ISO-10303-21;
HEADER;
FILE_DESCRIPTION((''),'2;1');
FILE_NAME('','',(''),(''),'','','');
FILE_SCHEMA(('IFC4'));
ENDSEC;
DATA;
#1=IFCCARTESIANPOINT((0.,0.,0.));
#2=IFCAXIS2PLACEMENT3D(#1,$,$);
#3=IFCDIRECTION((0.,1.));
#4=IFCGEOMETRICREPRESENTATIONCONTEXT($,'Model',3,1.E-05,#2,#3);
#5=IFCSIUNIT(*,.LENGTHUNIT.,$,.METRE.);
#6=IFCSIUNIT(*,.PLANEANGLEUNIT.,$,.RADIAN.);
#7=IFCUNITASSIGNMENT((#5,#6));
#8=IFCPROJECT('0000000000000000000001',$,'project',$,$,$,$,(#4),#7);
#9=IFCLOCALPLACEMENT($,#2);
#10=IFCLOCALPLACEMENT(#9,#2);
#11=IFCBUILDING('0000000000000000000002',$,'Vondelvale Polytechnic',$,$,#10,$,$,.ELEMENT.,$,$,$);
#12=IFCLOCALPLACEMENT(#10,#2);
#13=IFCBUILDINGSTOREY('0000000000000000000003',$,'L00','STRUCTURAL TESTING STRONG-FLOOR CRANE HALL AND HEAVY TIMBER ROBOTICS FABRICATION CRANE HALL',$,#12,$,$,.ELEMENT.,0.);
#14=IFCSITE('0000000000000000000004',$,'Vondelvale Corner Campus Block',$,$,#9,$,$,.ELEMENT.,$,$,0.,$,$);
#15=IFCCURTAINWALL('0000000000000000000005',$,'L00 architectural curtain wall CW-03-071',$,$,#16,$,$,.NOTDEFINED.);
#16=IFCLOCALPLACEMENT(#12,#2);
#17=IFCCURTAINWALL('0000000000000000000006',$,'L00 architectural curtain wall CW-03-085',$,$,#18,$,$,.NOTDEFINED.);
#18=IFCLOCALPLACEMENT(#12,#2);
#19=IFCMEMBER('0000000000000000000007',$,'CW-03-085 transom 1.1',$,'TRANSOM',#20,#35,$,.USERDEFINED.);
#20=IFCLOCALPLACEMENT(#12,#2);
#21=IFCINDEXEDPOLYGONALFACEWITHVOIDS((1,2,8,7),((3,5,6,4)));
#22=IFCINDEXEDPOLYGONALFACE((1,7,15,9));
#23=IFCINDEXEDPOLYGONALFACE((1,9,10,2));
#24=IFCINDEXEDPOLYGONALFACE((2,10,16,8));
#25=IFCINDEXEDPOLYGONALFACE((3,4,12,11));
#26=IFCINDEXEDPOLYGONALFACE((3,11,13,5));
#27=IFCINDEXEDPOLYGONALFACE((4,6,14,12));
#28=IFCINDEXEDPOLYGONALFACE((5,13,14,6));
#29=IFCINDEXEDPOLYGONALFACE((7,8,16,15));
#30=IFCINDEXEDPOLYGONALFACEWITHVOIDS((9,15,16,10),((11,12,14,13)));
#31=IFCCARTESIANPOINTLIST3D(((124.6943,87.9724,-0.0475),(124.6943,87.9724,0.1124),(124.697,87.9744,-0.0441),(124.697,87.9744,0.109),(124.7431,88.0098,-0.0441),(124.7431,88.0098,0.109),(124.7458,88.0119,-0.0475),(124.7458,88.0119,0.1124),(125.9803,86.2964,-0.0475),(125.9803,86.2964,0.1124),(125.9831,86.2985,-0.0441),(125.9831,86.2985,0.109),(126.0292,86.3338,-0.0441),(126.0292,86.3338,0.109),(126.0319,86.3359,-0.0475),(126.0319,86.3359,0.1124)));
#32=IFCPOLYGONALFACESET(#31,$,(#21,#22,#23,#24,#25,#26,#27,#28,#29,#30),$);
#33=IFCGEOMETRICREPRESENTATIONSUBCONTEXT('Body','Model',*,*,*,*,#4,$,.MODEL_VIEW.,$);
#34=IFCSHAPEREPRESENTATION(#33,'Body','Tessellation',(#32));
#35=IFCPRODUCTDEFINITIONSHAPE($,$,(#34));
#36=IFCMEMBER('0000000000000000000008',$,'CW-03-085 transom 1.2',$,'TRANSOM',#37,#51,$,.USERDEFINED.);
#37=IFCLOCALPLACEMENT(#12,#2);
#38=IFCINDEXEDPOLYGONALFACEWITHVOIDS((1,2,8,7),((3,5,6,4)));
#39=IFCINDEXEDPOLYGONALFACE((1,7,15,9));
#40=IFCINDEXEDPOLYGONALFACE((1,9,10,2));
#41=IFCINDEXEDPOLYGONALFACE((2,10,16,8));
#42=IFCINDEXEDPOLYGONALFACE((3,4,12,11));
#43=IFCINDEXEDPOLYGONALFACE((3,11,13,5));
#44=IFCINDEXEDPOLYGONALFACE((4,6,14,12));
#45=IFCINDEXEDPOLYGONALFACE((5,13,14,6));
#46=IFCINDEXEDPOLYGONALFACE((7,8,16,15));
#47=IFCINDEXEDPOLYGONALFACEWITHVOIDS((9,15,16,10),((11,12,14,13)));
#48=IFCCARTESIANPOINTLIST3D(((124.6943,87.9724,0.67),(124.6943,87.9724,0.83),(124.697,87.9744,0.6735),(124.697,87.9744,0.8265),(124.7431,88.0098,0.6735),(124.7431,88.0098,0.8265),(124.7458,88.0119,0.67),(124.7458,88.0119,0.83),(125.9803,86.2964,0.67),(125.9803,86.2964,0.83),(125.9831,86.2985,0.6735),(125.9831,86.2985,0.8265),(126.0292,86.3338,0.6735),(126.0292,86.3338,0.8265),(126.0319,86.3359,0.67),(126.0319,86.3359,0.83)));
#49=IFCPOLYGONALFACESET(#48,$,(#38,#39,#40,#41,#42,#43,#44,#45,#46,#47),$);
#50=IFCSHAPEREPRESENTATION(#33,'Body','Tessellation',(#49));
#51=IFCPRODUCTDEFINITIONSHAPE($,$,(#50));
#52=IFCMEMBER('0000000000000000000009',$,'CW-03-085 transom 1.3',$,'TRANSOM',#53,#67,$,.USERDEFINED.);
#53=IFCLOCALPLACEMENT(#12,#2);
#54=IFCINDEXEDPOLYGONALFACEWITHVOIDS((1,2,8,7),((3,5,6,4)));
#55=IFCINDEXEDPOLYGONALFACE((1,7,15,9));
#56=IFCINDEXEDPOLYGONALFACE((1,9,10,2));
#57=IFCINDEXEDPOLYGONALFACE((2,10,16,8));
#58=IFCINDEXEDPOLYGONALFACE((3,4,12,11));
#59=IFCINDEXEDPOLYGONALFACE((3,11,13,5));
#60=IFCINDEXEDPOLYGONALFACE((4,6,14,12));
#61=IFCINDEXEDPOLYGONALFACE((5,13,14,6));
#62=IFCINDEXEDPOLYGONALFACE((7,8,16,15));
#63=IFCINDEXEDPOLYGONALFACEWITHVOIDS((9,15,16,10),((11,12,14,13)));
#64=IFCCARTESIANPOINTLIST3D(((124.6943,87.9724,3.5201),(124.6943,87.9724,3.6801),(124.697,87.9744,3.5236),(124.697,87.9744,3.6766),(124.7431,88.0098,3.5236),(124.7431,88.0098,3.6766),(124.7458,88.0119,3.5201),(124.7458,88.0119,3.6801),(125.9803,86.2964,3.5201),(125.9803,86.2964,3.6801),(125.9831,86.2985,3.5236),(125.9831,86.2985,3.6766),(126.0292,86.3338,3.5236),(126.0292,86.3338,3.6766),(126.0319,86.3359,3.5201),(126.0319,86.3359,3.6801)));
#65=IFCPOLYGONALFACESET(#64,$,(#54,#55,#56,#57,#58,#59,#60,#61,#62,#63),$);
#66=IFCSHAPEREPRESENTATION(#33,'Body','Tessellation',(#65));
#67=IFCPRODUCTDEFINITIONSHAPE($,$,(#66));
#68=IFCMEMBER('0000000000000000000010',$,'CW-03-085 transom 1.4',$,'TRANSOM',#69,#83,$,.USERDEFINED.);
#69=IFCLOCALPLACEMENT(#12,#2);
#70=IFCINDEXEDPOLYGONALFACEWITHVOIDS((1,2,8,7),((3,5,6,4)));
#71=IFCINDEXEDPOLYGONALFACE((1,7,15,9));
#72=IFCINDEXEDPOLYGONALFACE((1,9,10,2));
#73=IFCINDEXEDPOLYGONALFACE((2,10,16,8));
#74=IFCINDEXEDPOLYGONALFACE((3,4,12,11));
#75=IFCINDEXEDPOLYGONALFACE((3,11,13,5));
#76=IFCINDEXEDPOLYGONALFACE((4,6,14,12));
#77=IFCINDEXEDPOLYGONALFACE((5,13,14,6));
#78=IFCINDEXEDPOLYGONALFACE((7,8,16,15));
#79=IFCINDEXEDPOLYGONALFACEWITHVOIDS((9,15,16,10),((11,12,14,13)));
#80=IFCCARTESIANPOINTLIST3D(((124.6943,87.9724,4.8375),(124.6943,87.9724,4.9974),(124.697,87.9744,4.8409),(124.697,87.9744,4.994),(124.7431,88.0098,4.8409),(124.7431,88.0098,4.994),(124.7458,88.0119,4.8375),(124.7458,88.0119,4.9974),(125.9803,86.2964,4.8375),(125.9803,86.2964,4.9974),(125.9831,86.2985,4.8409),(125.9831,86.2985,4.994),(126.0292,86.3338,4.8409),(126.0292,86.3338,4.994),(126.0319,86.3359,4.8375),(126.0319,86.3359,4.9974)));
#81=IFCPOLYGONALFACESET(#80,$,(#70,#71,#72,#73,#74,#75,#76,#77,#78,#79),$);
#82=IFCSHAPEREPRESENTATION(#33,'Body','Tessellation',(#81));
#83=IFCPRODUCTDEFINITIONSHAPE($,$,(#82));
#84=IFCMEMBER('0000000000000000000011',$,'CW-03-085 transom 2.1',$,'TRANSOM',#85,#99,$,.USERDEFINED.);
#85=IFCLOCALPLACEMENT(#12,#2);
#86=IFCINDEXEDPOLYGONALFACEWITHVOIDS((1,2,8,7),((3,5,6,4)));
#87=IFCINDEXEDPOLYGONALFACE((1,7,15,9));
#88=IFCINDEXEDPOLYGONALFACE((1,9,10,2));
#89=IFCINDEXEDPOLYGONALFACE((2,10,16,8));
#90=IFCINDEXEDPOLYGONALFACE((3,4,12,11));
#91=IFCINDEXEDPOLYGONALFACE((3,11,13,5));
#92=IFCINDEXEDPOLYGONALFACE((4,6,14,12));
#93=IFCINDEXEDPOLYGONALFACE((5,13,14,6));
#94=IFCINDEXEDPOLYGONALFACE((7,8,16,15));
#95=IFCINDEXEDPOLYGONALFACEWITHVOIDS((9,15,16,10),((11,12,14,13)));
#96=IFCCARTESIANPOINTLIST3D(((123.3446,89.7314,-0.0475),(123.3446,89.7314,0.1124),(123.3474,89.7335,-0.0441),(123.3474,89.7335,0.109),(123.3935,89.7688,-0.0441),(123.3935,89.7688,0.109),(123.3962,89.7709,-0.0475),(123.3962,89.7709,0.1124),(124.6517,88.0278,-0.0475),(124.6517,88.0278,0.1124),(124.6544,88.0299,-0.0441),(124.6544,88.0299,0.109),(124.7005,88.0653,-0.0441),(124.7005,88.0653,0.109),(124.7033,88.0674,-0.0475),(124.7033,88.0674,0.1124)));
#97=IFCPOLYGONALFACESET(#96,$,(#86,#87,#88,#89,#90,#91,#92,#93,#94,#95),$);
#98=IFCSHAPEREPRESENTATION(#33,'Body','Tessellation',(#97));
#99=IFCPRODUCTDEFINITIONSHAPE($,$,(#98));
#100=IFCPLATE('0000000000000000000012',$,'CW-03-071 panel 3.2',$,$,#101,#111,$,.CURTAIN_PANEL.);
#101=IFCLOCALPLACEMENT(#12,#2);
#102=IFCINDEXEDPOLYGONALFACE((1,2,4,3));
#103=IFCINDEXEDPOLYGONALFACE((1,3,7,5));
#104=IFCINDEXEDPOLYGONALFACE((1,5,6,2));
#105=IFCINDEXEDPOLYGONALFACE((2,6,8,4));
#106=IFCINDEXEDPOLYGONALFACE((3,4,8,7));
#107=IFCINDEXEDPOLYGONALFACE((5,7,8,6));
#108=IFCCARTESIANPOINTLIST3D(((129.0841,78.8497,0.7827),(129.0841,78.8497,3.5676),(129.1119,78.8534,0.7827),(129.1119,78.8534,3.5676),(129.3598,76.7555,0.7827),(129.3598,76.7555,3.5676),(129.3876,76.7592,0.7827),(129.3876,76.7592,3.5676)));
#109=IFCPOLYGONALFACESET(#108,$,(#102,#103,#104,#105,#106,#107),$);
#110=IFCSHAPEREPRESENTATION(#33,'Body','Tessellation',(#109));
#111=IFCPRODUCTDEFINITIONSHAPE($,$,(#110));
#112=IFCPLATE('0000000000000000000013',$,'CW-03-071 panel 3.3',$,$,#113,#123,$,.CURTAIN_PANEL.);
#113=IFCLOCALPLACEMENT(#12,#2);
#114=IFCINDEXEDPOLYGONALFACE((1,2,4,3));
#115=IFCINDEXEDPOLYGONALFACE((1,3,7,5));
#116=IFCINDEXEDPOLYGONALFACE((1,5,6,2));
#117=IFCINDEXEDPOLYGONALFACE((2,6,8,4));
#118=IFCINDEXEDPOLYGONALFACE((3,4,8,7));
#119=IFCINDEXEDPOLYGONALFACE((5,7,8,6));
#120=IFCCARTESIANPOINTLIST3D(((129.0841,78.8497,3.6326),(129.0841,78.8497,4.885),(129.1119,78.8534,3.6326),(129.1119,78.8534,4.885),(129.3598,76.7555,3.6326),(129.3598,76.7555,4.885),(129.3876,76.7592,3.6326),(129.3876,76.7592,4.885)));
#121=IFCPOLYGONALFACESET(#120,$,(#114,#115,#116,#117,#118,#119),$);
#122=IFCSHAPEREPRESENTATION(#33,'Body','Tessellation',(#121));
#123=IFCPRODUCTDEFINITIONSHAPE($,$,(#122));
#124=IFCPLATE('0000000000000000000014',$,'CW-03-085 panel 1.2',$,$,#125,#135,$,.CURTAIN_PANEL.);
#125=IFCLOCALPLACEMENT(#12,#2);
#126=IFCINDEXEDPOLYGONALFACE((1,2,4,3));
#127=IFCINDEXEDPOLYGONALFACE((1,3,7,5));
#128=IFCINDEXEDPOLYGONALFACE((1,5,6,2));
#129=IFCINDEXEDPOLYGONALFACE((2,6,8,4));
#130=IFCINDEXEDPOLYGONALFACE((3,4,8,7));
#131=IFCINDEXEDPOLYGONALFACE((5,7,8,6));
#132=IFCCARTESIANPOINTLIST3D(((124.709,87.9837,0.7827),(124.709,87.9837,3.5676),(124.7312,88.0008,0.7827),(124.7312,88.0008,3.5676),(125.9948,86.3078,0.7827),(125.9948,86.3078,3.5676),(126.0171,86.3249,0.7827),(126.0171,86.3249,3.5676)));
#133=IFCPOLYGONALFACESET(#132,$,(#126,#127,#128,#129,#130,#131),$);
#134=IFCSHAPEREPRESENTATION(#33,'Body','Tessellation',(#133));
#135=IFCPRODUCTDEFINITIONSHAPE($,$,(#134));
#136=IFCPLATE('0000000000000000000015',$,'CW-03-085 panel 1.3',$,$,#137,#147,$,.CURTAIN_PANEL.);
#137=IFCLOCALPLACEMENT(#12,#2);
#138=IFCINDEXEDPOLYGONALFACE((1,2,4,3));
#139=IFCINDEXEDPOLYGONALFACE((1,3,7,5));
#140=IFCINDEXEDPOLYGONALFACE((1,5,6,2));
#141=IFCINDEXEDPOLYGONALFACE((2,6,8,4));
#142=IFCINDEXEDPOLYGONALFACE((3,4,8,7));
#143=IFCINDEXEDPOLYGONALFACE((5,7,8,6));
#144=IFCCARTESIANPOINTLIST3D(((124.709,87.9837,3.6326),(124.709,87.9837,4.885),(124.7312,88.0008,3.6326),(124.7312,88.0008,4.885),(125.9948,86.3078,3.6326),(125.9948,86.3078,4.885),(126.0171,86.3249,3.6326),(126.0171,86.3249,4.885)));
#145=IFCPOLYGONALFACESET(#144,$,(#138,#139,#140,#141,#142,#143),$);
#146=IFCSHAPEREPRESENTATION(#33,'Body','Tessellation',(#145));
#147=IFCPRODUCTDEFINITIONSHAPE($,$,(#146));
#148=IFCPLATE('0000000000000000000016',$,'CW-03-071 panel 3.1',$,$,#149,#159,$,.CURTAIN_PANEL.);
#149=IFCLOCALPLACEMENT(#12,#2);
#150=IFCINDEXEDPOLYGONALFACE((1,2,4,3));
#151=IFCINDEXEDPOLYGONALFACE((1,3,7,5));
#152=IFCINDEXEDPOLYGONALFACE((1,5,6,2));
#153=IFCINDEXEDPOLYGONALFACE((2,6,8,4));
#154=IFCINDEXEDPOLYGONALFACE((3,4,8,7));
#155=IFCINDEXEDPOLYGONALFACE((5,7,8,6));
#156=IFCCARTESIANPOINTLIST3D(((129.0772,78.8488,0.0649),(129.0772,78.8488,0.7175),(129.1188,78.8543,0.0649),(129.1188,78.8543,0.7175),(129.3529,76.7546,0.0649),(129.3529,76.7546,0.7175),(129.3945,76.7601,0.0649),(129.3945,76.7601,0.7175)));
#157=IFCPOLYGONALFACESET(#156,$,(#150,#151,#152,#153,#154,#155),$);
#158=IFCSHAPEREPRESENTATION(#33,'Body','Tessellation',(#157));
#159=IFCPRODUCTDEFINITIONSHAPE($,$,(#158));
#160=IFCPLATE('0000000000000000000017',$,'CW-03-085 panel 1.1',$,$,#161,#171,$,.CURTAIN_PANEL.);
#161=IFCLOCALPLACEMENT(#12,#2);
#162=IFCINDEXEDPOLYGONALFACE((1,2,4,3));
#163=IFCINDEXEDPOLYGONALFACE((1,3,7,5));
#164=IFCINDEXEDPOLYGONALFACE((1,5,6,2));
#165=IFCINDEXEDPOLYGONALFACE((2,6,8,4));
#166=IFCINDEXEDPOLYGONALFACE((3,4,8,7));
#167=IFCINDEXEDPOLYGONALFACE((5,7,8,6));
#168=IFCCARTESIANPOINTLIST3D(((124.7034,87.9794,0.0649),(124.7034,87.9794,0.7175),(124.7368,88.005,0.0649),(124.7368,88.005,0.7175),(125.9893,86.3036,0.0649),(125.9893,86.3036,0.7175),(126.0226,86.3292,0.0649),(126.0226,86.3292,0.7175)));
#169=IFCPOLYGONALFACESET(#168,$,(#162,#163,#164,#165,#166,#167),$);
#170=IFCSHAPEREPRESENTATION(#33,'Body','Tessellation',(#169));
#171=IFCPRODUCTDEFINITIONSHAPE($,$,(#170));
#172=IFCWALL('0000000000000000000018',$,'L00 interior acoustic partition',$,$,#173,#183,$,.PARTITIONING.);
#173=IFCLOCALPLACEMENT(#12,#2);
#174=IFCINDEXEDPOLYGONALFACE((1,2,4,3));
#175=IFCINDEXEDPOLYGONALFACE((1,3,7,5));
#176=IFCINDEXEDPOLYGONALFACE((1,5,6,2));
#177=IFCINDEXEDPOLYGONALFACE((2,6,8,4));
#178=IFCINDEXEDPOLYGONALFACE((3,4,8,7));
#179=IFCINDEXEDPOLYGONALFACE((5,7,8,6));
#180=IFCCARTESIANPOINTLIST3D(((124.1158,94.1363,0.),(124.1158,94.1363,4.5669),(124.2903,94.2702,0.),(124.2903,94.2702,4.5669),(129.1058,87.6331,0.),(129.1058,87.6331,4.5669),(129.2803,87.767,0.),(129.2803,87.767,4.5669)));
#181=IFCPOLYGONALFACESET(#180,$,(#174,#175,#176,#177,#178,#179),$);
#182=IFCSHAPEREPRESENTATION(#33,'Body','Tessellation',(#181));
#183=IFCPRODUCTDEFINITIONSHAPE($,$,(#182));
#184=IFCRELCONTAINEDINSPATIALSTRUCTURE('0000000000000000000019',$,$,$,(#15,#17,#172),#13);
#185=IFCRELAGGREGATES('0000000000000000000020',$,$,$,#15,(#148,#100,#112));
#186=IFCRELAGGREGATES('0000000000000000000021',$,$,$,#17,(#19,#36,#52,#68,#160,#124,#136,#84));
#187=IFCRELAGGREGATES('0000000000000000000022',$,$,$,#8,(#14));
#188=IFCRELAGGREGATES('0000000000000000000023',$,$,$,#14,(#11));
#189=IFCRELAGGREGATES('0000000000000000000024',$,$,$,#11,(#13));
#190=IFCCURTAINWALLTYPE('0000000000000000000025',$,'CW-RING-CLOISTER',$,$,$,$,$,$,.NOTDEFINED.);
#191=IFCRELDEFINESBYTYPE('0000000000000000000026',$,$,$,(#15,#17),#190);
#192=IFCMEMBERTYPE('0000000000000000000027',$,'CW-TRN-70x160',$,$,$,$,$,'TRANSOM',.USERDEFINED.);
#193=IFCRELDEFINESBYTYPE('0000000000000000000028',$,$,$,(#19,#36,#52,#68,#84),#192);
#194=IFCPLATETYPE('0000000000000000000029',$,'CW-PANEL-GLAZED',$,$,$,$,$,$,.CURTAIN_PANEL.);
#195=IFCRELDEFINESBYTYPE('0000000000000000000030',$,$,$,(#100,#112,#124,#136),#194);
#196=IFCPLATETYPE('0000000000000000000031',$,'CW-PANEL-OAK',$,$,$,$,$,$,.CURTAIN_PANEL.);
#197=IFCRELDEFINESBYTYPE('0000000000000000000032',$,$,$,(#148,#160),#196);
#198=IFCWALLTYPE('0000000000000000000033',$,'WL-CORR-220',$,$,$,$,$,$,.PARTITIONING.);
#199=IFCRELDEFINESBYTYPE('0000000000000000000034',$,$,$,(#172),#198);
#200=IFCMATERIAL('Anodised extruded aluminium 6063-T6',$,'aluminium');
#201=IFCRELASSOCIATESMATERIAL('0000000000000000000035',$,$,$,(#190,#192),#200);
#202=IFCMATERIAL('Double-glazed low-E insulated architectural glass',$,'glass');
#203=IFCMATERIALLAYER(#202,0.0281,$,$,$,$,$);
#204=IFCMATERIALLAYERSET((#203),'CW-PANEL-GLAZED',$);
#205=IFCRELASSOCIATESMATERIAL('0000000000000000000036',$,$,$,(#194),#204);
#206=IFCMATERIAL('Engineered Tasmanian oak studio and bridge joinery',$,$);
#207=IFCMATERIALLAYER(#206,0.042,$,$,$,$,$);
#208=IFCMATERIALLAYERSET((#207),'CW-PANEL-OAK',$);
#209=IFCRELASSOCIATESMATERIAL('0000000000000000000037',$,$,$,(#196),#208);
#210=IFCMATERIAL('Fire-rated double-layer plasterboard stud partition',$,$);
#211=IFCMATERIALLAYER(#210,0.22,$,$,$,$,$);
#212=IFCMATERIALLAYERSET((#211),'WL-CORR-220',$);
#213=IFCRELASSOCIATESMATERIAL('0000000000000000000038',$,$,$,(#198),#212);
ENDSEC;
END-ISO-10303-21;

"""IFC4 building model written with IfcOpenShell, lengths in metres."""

from ifc_helpers import new_model, si_unit, direction, frame, frame_2d, origin, origin_2d, place, context, subcontext, project, spatial, rectangle, hollow_rectangle, extrude, material, layer, layer_set, material_profile, profile_set, type_object, element, aggregate, save


model = new_model("IFC4")

# Units and contexts
model_context = context("Model", 3, precision=1e-05, world=origin(), true_north=direction((0.0, 1.0)))
body_context = subcontext(model_context, "Body", "Model", "MODEL_VIEW")
ifc_project = project(units=[si_unit("LENGTHUNIT", "METRE"), si_unit("PLANEANGLEUNIT", "RADIAN")], contexts=[model_context])

# Site, building, storey
site_placement = place(None, origin())
site = spatial("IfcSite", under=ifc_project, at=site_placement, Name="Vondelvale Corner Campus Block", CompositionType="ELEMENT", RefElevation=0.0)
building_placement = place(site_placement, origin())
building = spatial("IfcBuilding", under=site, at=building_placement, Name="Vondelvale Polytechnic", CompositionType="ELEMENT")
storey_placement = place(building_placement, origin())
storey = spatial("IfcBuildingStorey", under=building, at=storey_placement, Name="L00", Description="STRUCTURAL TESTING STRONG-FLOOR CRANE HALL AND HEAVY TIMBER ROBOTICS FABRICATION CRANE HALL", CompositionType="ELEMENT", Elevation=0.0)

# Curtain wall
ifc_material_1 = material(Name="Anodised extruded aluminium 6063-T6", Category="aluminium")
curtain_wall_type = type_object("IfcCurtainWallType", Name="CW-RING-CLOISTER", PredefinedType="NOTDEFINED", material=ifc_material_1)
curtain_wall_1_placement = place(storey_placement, origin())
curtain_wall_1 = element("IfcCurtainWall", 1, at=curtain_wall_1_placement, inside=storey, type_object=curtain_wall_type, Name="L00 architectural curtain wall CW-03-071", PredefinedType="NOTDEFINED")

# Curtain wall
curtain_wall_2_placement = place(storey_placement, origin())
curtain_wall_2 = element("IfcCurtainWall", 2, at=curtain_wall_2_placement, inside=storey, type_object=curtain_wall_type, Name="L00 architectural curtain wall CW-03-085", PredefinedType="NOTDEFINED")

# Members
ifc_material_profile_1 = material_profile(ifc_material_1, hollow_rectangle(XDim=0.0649, YDim=0.1599, WallThickness=0.0034, at=origin_2d()), Name="CW-TRN-160x65")
ifc_profile_set_1 = profile_set([ifc_material_profile_1], Name="Anodised extruded aluminium 6063-T6")
member_type_1 = type_object("IfcMemberType", Name="CW-TRN-70x160", ElementType="TRANSOM", PredefinedType="USERDEFINED", material=ifc_profile_set_1)
member_1_placement = place(storey_placement, frame((126.0061, 86.3162, 0.0325), z_axis=(-0.608783, 0.793337, 0.0), x_axis=(-0.793337, -0.608783, 0.0)))
member_1 = element("IfcMember", 3, at=member_1_placement, type_object=member_type_1, Name="CW-03-085 transom 1.1", ObjectType="TRANSOM", PredefinedType="USERDEFINED", context=body_context, shape_type="SweptSolid", body=[
    extrude(hollow_rectangle(XDim=0.0649, YDim=0.1599, WallThickness=0.0034, at=origin_2d()), origin(), (0.0, 0.0, 1.0), 2.1125),
])
member_2_placement = place(storey_placement, frame((126.0061, 86.3162, 0.75), z_axis=(-0.608783, 0.793337, 0.0), x_axis=(-0.793337, -0.608783, 0.0)))
member_2 = element("IfcMember", 4, at=member_2_placement, type_object=member_type_1, Name="CW-03-085 transom 1.2", ObjectType="TRANSOM", PredefinedType="USERDEFINED", context=body_context, shape_type="SweptSolid", body=[
    extrude(hollow_rectangle(XDim=0.0649, YDim=0.1599, WallThickness=0.0034, at=origin_2d()), origin(), (0.0, 0.0, 1.0), 2.1125),
])
member_3_placement = place(storey_placement, frame((126.0061, 86.3162, 3.6001), z_axis=(-0.608783, 0.793337, 0.0), x_axis=(-0.793337, -0.608783, 0.0)))
member_3 = element("IfcMember", 5, at=member_3_placement, type_object=member_type_1, Name="CW-03-085 transom 1.3", ObjectType="TRANSOM", PredefinedType="USERDEFINED", context=body_context, shape_type="SweptSolid", body=[
    extrude(hollow_rectangle(XDim=0.0649, YDim=0.1599, WallThickness=0.0034, at=origin_2d()), origin(), (0.0, 0.0, 1.0), 2.1125),
])
member_4_placement = place(storey_placement, frame((126.0061, 86.3162, 4.9175), z_axis=(-0.608783, 0.793337, 0.0), x_axis=(-0.793337, -0.608783, 0.0)))
member_4 = element("IfcMember", 6, at=member_4_placement, type_object=member_type_1, Name="CW-03-085 transom 1.4", ObjectType="TRANSOM", PredefinedType="USERDEFINED", context=body_context, shape_type="SweptSolid", body=[
    extrude(hollow_rectangle(XDim=0.0649, YDim=0.1599, WallThickness=0.0034, at=origin_2d()), origin(), (0.0, 0.0, 1.0), 2.1125),
])
member_5_placement = place(storey_placement, frame((124.6775, 88.0476, 0.0325), z_axis=(-0.608732, 0.793376, 0.0), x_axis=(-0.793376, -0.608732, 0.0)))
member_5 = element("IfcMember", 7, at=member_5_placement, type_object=member_type_1, Name="CW-03-085 transom 2.1", ObjectType="TRANSOM", PredefinedType="USERDEFINED", context=body_context, shape_type="SweptSolid", body=[
    extrude(hollow_rectangle(XDim=0.0649, YDim=0.1599, WallThickness=0.0034, at=origin_2d()), origin(), (0.0, 0.0, 1.0), 2.1472),
])

# Plates
ifc_material_2 = material(Name="Double-glazed low-E insulated architectural glass", Category="glass")
ifc_layer_1 = layer(ifc_material_2, 0.0281)
ifc_layer_set_1 = layer_set([ifc_layer_1], Name="CW-PANEL-GLAZED")
plate_type_1 = type_object("IfcPlateType", Name="CW-PANEL-GLAZED", PredefinedType="CURTAIN_PANEL", material=ifc_layer_set_1)
plate_1_placement = place(storey_placement, frame((129.2358, 77.8044, 0.7827), z_axis=(0.0, 0.0, 1.0), x_axis=(-0.130528, 0.991445, 0.0)))
plate_1 = element("IfcPlate", 8, at=plate_1_placement, type_object=plate_type_1, Name="CW-03-071 panel 3.2", PredefinedType="CURTAIN_PANEL", context=body_context, shape_type="SweptSolid", body=[
    extrude(rectangle(XDim=2.1123, YDim=0.0281, at=origin_2d()), origin(), (0.0, 0.0, 1.0), 2.7849),
])
plate_2_placement = place(storey_placement, frame((129.2358, 77.8044, 3.6326), z_axis=(0.0, 0.0, 1.0), x_axis=(-0.130528, 0.991445, 0.0)))
plate_2 = element("IfcPlate", 9, at=plate_2_placement, type_object=plate_type_1, Name="CW-03-071 panel 3.3", PredefinedType="CURTAIN_PANEL", context=body_context, shape_type="SweptSolid", body=[
    extrude(rectangle(XDim=2.1123, YDim=0.0281, at=origin_2d()), origin(), (0.0, 0.0, 1.0), 1.2524),
])
plate_3_placement = place(storey_placement, frame((125.363, 87.1543, 0.7827), z_axis=(0.0, 0.0, 1.0), x_axis=(-0.608748, 0.793364, 0.0)))
plate_3 = element("IfcPlate", 10, at=plate_3_placement, type_object=plate_type_1, Name="CW-03-085 panel 1.2", PredefinedType="CURTAIN_PANEL", context=body_context, shape_type="SweptSolid", body=[
    extrude(rectangle(XDim=2.1123, YDim=0.0281, at=origin_2d()), origin(), (0.0, 0.0, 1.0), 2.7849),
])
plate_4_placement = place(storey_placement, frame((125.363, 87.1543, 3.6326), z_axis=(0.0, 0.0, 1.0), x_axis=(-0.608748, 0.793364, 0.0)))
plate_4 = element("IfcPlate", 11, at=plate_4_placement, type_object=plate_type_1, Name="CW-03-085 panel 1.3", PredefinedType="CURTAIN_PANEL", context=body_context, shape_type="SweptSolid", body=[
    extrude(rectangle(XDim=2.1123, YDim=0.0281, at=origin_2d()), origin(), (0.0, 0.0, 1.0), 1.2524),
])
ifc_material_3 = material(Name="Engineered Tasmanian oak studio and bridge joinery")
ifc_layer_2 = layer(ifc_material_3, 0.042)
ifc_layer_set_2 = layer_set([ifc_layer_2], Name="CW-PANEL-OAK")
plate_type_2 = type_object("IfcPlateType", Name="CW-PANEL-OAK", PredefinedType="CURTAIN_PANEL", material=ifc_layer_set_2)
plate_5_placement = place(storey_placement, frame((129.2358, 77.8044, 0.0649), z_axis=(0.0, 0.0, 1.0), x_axis=(-0.130528, 0.991445, 0.0)))
plate_5 = element("IfcPlate", 12, at=plate_5_placement, type_object=plate_type_2, Name="CW-03-071 panel 3.1", PredefinedType="CURTAIN_PANEL", context=body_context, shape_type="SweptSolid", body=[
    extrude(rectangle(XDim=2.1123, YDim=0.042, at=origin_2d()), origin(), (0.0, 0.0, 1.0), 0.6526),
])
aggregate(curtain_wall_1, [plate_5, plate_1, plate_2])
plate_6_placement = place(storey_placement, frame((125.363, 87.1543, 0.0649), z_axis=(0.0, 0.0, 1.0), x_axis=(-0.608748, 0.793364, 0.0)))
plate_6 = element("IfcPlate", 13, at=plate_6_placement, type_object=plate_type_2, Name="CW-03-085 panel 1.1", PredefinedType="CURTAIN_PANEL", context=body_context, shape_type="SweptSolid", body=[
    extrude(rectangle(XDim=2.1123, YDim=0.042, at=origin_2d()), origin(), (0.0, 0.0, 1.0), 0.6526),
])
aggregate(curtain_wall_2, [member_1, member_2, member_3, member_4, plate_6, plate_3, plate_4, member_5])

# Wall
ifc_material_4 = material(Name="Fire-rated double-layer plasterboard stud partition")
ifc_layer_3 = layer(ifc_material_4, 0.22)
ifc_layer_set_3 = layer_set([ifc_layer_3], Name="WL-CORR-220")
wall_type_1 = type_object("IfcWallType", Name="WL-CORR-220", PredefinedType="PARTITIONING", material=ifc_layer_set_3)
wall_1_placement = place(storey_placement, frame((129.1931, 87.7, 0.0), z_axis=(0.0, 0.0, 1.0), x_axis=(-0.608756, 0.793357, 0.0)))
element("IfcWall", 14, at=wall_1_placement, inside=storey, type_object=wall_type_1, Name="L00 interior acoustic partition", PredefinedType="PARTITIONING", context=body_context, shape_type="SweptSolid", body=[
    extrude(rectangle(XDim=8.197, YDim=0.22, at=frame_2d((4.0986, 0.0))), origin(), (0.0, 0.0, 1.0), 4.5669),
])

save(model, "model.ifc")
